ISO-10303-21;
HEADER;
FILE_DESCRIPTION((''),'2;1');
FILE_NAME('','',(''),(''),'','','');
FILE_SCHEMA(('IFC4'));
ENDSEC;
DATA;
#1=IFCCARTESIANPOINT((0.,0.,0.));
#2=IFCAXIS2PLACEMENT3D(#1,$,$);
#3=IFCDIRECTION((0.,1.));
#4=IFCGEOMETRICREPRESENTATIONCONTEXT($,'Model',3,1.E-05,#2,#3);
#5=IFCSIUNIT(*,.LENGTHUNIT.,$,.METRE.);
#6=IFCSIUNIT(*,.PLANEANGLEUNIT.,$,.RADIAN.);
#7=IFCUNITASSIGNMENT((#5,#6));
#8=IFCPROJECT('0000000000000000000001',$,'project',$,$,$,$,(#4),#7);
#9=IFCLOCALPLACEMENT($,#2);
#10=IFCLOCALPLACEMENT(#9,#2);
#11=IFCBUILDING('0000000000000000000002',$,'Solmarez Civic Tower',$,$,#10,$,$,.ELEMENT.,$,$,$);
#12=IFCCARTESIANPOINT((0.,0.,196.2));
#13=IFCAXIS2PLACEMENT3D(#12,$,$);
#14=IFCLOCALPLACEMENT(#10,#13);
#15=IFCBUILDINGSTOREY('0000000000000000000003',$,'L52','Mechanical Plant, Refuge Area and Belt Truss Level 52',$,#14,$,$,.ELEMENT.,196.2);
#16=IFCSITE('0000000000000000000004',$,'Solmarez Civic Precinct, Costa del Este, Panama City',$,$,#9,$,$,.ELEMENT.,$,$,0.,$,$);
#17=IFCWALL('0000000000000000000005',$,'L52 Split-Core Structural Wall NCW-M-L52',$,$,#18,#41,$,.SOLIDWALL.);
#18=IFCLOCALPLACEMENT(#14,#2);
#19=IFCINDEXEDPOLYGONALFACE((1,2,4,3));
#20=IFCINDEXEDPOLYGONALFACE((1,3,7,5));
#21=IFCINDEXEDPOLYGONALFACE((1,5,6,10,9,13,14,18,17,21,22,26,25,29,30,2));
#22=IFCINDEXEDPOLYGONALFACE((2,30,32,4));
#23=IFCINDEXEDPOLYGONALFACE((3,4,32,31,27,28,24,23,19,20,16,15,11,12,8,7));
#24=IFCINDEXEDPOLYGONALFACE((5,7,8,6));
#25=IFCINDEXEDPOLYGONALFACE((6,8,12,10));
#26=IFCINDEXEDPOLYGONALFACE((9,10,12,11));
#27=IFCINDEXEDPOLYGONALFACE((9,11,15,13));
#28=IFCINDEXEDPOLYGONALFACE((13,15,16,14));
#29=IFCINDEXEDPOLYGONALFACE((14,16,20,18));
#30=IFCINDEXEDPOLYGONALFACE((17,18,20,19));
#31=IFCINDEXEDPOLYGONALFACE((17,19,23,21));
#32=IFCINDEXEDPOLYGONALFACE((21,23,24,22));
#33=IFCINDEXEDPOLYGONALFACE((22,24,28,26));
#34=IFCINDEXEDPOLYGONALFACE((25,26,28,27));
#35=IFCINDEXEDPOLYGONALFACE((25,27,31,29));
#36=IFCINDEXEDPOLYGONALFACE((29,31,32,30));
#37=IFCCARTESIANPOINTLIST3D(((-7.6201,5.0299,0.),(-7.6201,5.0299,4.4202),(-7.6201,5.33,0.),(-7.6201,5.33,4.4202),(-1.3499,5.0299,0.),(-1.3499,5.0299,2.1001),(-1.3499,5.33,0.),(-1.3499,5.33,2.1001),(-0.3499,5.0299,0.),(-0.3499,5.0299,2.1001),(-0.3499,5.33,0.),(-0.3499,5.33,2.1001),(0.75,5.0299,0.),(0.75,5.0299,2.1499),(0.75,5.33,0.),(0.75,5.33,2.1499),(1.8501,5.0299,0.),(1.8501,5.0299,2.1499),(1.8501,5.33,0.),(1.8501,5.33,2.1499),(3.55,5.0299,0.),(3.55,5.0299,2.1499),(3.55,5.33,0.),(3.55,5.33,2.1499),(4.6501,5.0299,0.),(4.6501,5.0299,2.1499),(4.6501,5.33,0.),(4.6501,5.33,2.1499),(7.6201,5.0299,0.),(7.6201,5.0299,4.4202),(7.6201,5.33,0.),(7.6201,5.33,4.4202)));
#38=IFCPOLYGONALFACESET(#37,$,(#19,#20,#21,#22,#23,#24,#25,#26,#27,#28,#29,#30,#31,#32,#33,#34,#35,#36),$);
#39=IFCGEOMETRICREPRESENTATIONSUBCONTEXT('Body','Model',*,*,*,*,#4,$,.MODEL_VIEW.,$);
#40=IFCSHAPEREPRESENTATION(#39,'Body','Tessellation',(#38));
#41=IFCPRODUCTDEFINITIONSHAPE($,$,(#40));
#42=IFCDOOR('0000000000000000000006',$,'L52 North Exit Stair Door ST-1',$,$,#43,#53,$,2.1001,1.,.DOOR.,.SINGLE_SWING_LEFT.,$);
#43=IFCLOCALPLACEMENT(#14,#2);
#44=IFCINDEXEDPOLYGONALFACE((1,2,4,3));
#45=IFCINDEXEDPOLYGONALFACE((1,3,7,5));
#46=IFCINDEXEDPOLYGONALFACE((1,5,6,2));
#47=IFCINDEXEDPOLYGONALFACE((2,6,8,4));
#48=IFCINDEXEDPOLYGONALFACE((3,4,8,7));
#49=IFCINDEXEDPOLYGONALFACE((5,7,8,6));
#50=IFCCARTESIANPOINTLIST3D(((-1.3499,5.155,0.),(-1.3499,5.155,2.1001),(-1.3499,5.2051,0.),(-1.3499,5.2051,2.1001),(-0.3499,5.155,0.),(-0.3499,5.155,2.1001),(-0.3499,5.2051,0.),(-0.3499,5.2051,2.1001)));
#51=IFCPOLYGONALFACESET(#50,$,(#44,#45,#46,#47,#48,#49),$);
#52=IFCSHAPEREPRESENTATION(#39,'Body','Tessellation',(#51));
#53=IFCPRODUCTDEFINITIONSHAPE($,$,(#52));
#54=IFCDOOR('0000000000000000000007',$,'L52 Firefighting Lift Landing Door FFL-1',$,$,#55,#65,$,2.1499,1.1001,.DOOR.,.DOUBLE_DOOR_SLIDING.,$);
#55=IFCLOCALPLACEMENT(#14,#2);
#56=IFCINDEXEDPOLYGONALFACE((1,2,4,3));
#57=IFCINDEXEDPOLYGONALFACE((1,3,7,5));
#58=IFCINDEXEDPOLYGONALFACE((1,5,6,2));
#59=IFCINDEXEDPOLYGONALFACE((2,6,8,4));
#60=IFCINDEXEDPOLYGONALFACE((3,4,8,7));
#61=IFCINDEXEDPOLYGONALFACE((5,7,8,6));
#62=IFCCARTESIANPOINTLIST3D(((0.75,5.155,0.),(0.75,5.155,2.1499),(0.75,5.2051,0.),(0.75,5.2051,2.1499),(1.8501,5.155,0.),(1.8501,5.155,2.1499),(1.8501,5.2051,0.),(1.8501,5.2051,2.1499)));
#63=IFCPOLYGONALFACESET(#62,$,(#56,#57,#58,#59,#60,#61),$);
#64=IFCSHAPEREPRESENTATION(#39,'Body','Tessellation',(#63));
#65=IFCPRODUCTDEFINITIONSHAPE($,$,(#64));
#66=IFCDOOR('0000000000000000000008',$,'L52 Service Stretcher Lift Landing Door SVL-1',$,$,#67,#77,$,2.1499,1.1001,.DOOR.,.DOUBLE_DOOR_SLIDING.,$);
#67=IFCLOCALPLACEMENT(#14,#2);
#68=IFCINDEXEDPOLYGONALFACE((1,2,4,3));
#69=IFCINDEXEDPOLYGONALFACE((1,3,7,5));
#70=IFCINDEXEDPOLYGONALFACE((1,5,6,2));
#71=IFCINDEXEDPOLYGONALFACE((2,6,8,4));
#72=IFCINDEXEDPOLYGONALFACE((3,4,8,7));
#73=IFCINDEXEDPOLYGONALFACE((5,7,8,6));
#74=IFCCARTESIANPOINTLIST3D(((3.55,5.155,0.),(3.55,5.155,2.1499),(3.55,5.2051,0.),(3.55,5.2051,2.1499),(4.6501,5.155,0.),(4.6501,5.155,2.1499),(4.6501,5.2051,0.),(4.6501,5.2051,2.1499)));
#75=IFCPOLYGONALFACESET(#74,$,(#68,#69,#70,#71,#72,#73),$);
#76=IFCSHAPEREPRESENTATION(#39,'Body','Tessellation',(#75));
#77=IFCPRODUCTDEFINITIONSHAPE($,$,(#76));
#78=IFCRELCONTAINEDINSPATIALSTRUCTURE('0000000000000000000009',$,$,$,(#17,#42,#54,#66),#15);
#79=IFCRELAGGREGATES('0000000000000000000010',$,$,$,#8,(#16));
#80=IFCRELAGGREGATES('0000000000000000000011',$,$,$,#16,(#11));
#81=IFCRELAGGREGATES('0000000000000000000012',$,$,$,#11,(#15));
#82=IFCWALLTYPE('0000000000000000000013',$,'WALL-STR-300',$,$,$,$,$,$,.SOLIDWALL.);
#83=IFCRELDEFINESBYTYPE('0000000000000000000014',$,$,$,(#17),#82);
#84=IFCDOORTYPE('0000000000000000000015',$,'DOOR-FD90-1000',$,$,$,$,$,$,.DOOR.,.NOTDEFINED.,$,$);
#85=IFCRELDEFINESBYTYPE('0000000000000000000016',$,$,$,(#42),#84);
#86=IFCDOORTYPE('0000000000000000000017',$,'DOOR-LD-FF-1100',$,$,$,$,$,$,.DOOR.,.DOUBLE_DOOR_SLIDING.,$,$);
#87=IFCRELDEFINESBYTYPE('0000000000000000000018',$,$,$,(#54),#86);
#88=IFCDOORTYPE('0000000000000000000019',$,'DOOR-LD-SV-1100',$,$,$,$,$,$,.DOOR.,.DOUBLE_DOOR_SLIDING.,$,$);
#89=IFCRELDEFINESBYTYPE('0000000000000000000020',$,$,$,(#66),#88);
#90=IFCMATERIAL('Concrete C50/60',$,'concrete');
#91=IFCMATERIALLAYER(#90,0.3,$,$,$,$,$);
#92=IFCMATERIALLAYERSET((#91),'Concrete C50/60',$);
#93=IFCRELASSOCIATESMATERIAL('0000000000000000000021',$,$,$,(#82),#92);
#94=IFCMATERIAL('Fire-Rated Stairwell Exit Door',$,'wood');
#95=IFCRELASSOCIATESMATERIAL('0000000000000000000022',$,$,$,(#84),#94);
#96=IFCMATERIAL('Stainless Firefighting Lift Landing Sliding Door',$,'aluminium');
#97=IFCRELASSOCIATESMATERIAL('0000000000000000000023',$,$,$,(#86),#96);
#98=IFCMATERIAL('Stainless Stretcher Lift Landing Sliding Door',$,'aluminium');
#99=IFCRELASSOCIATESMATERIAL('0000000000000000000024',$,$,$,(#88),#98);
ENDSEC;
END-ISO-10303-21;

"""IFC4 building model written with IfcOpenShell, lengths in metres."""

from ifc_helpers import new_model, si_unit, direction, frame, frame_2d, origin, place, context, subcontext, project, spatial, rectangle, extrude, material, layer, layer_set, type_object, element, fill, save


model = new_model("IFC4")

# Units and contexts
model_context = context("Model", 3, precision=1e-05, world=origin(), true_north=direction((0.0, 1.0)))
body_context = subcontext(model_context, "Body", "Model", "MODEL_VIEW")
ifc_project = project(units=[si_unit("LENGTHUNIT", "METRE"), si_unit("PLANEANGLEUNIT", "RADIAN")], contexts=[model_context])

# Site, building, storey
site_placement = place(None, origin())
site = spatial("IfcSite", under=ifc_project, at=site_placement, Name="Solmarez Civic Precinct, Costa del Este, Panama City", CompositionType="ELEMENT", RefElevation=0.0)
building_placement = place(site_placement, origin())
building = spatial("IfcBuilding", under=site, at=building_placement, Name="Solmarez Civic Tower", CompositionType="ELEMENT")
storey_placement = place(building_placement, frame((0.0, 0.0, 196.2)))
storey = spatial("IfcBuildingStorey", under=building, at=storey_placement, Name="L52", Description="Mechanical Plant, Refuge Area and Belt Truss Level 52", CompositionType="ELEMENT", Elevation=196.2)

# Shared definitions
ifc_material_1 = material(Name="Concrete C50/60", Category="concrete")

# Wall, openings, doors
ifc_layer_1 = layer(ifc_material_1, 0.3)
ifc_layer_set_1 = layer_set([ifc_layer_1], Name="Concrete C50/60")
wall_type_1 = type_object("IfcWallType", Name="WALL-STR-300", PredefinedType="SOLIDWALL", material=ifc_layer_set_1)
wall_1_placement = place(storey_placement, frame((7.6201, 5.1799, 0.0), z_axis=(0.0, 0.0, 1.0), x_axis=(-1.0, 0.0, 0.0)))
wall_1 = element("IfcWall", 1, at=wall_1_placement, inside=storey, type_object=wall_type_1, Name="L52 Split-Core Structural Wall NCW-M-L52", PredefinedType="SOLIDWALL", context=body_context, shape_type="SweptSolid", body=[
    extrude(rectangle(XDim=15.2402, YDim=0.3, at=frame_2d((7.6201, 0.0))), origin(), (0.0, 0.0, 1.0), 4.4202),
])
opening_1_placement = place(wall_1_placement, frame((5.77, 0.0, 0.0)))
opening_1 = element("IfcOpeningElement", 2, at=opening_1_placement, cuts=wall_1, PredefinedType="OPENING", context=body_context, shape_type="SweptSolid", body=[
    extrude(rectangle(XDim=1.1001, YDim=2.1499, at=frame_2d((0.55, 1.075))), frame((0.0, 0.1599, 0.0), z_axis=(0.0, -1.0, 0.0), x_axis=(1.0, 0.0, 0.0)), (0.0, 0.0, 1.0), 0.3201),
])
opening_2_placement = place(wall_1_placement, frame((2.97, 0.0, 0.0)))
opening_2 = element("IfcOpeningElement", 3, at=opening_2_placement, cuts=wall_1, PredefinedType="OPENING", context=body_context, shape_type="SweptSolid", body=[
    extrude(rectangle(XDim=1.1001, YDim=2.1499, at=frame_2d((0.55, 1.075))), frame((0.0, 0.1599, 0.0), z_axis=(0.0, -1.0, 0.0), x_axis=(1.0, 0.0, 0.0)), (0.0, 0.0, 1.0), 0.3201),
])
opening_3_placement = place(wall_1_placement, frame((7.97, 0.0, 0.0)))
opening_3 = element("IfcOpeningElement", 4, at=opening_3_placement, cuts=wall_1, PredefinedType="OPENING", context=body_context, shape_type="SweptSolid", body=[
    extrude(rectangle(XDim=1.0, YDim=2.1001, at=frame_2d((0.5, 1.05))), frame((0.0, 0.1599, 0.0), z_axis=(0.0, -1.0, 0.0), x_axis=(1.0, 0.0, 0.0)), (0.0, 0.0, 1.0), 0.3201),
])
ifc_material_2 = material(Name="Fire-Rated Stairwell Exit Door", Category="wood")
door_type_1 = type_object("IfcDoorType", Name="DOOR-FD90-1000", OperationType="NOTDEFINED", PredefinedType="DOOR", material=ifc_material_2)
door_1_placement = place(opening_3_placement, origin())
door_1 = element("IfcDoor", 5, at=door_1_placement, inside=storey, type_object=door_type_1, Name="L52 North Exit Stair Door ST-1", OperationType="SINGLE_SWING_LEFT", OverallHeight=2.1001, OverallWidth=1.0, PredefinedType="DOOR", context=body_context, shape_type="SweptSolid", body=[
    extrude(rectangle(XDim=1.0, YDim=2.1001, at=frame_2d((0.5, 1.05))), frame((0.0, 0.0249, 0.0), z_axis=(0.0, -1.0, 0.0), x_axis=(1.0, 0.0, 0.0)), (0.0, 0.0, 1.0), 0.05),
])
fill(opening_3, door_1)
ifc_material_3 = material(Name="Stainless Firefighting Lift Landing Sliding Door", Category="aluminium")
door_type_2 = type_object("IfcDoorType", Name="DOOR-LD-FF-1100", OperationType="DOUBLE_DOOR_SLIDING", PredefinedType="DOOR", material=ifc_material_3)
door_2_placement = place(opening_1_placement, origin())
door_2 = element("IfcDoor", 6, at=door_2_placement, inside=storey, type_object=door_type_2, Name="L52 Firefighting Lift Landing Door FFL-1", OperationType="DOUBLE_DOOR_SLIDING", OverallHeight=2.1499, OverallWidth=1.1001, PredefinedType="DOOR", context=body_context, shape_type="SweptSolid", body=[
    extrude(rectangle(XDim=1.1001, YDim=2.1499, at=frame_2d((0.55, 1.075))), frame((0.0, 0.0249, 0.0), z_axis=(0.0, -1.0, 0.0), x_axis=(1.0, 0.0, 0.0)), (0.0, 0.0, 1.0), 0.05),
])
fill(opening_1, door_2)
ifc_material_4 = material(Name="Stainless Stretcher Lift Landing Sliding Door", Category="aluminium")
door_type_3 = type_object("IfcDoorType", Name="DOOR-LD-SV-1100", OperationType="DOUBLE_DOOR_SLIDING", PredefinedType="DOOR", material=ifc_material_4)
door_3_placement = place(opening_2_placement, origin())
door_3 = element("IfcDoor", 7, at=door_3_placement, inside=storey, type_object=door_type_3, Name="L52 Service Stretcher Lift Landing Door SVL-1", OperationType="DOUBLE_DOOR_SLIDING", OverallHeight=2.1499, OverallWidth=1.1001, PredefinedType="DOOR", context=body_context, shape_type="SweptSolid", body=[
    extrude(rectangle(XDim=1.1001, YDim=2.1499, at=frame_2d((0.55, 1.075))), frame((0.0, 0.0249, 0.0), z_axis=(0.0, -1.0, 0.0), x_axis=(1.0, 0.0, 0.0)), (0.0, 0.0, 1.0), 0.05),
])
fill(opening_2, door_3)

save(model, "model.ifc")
